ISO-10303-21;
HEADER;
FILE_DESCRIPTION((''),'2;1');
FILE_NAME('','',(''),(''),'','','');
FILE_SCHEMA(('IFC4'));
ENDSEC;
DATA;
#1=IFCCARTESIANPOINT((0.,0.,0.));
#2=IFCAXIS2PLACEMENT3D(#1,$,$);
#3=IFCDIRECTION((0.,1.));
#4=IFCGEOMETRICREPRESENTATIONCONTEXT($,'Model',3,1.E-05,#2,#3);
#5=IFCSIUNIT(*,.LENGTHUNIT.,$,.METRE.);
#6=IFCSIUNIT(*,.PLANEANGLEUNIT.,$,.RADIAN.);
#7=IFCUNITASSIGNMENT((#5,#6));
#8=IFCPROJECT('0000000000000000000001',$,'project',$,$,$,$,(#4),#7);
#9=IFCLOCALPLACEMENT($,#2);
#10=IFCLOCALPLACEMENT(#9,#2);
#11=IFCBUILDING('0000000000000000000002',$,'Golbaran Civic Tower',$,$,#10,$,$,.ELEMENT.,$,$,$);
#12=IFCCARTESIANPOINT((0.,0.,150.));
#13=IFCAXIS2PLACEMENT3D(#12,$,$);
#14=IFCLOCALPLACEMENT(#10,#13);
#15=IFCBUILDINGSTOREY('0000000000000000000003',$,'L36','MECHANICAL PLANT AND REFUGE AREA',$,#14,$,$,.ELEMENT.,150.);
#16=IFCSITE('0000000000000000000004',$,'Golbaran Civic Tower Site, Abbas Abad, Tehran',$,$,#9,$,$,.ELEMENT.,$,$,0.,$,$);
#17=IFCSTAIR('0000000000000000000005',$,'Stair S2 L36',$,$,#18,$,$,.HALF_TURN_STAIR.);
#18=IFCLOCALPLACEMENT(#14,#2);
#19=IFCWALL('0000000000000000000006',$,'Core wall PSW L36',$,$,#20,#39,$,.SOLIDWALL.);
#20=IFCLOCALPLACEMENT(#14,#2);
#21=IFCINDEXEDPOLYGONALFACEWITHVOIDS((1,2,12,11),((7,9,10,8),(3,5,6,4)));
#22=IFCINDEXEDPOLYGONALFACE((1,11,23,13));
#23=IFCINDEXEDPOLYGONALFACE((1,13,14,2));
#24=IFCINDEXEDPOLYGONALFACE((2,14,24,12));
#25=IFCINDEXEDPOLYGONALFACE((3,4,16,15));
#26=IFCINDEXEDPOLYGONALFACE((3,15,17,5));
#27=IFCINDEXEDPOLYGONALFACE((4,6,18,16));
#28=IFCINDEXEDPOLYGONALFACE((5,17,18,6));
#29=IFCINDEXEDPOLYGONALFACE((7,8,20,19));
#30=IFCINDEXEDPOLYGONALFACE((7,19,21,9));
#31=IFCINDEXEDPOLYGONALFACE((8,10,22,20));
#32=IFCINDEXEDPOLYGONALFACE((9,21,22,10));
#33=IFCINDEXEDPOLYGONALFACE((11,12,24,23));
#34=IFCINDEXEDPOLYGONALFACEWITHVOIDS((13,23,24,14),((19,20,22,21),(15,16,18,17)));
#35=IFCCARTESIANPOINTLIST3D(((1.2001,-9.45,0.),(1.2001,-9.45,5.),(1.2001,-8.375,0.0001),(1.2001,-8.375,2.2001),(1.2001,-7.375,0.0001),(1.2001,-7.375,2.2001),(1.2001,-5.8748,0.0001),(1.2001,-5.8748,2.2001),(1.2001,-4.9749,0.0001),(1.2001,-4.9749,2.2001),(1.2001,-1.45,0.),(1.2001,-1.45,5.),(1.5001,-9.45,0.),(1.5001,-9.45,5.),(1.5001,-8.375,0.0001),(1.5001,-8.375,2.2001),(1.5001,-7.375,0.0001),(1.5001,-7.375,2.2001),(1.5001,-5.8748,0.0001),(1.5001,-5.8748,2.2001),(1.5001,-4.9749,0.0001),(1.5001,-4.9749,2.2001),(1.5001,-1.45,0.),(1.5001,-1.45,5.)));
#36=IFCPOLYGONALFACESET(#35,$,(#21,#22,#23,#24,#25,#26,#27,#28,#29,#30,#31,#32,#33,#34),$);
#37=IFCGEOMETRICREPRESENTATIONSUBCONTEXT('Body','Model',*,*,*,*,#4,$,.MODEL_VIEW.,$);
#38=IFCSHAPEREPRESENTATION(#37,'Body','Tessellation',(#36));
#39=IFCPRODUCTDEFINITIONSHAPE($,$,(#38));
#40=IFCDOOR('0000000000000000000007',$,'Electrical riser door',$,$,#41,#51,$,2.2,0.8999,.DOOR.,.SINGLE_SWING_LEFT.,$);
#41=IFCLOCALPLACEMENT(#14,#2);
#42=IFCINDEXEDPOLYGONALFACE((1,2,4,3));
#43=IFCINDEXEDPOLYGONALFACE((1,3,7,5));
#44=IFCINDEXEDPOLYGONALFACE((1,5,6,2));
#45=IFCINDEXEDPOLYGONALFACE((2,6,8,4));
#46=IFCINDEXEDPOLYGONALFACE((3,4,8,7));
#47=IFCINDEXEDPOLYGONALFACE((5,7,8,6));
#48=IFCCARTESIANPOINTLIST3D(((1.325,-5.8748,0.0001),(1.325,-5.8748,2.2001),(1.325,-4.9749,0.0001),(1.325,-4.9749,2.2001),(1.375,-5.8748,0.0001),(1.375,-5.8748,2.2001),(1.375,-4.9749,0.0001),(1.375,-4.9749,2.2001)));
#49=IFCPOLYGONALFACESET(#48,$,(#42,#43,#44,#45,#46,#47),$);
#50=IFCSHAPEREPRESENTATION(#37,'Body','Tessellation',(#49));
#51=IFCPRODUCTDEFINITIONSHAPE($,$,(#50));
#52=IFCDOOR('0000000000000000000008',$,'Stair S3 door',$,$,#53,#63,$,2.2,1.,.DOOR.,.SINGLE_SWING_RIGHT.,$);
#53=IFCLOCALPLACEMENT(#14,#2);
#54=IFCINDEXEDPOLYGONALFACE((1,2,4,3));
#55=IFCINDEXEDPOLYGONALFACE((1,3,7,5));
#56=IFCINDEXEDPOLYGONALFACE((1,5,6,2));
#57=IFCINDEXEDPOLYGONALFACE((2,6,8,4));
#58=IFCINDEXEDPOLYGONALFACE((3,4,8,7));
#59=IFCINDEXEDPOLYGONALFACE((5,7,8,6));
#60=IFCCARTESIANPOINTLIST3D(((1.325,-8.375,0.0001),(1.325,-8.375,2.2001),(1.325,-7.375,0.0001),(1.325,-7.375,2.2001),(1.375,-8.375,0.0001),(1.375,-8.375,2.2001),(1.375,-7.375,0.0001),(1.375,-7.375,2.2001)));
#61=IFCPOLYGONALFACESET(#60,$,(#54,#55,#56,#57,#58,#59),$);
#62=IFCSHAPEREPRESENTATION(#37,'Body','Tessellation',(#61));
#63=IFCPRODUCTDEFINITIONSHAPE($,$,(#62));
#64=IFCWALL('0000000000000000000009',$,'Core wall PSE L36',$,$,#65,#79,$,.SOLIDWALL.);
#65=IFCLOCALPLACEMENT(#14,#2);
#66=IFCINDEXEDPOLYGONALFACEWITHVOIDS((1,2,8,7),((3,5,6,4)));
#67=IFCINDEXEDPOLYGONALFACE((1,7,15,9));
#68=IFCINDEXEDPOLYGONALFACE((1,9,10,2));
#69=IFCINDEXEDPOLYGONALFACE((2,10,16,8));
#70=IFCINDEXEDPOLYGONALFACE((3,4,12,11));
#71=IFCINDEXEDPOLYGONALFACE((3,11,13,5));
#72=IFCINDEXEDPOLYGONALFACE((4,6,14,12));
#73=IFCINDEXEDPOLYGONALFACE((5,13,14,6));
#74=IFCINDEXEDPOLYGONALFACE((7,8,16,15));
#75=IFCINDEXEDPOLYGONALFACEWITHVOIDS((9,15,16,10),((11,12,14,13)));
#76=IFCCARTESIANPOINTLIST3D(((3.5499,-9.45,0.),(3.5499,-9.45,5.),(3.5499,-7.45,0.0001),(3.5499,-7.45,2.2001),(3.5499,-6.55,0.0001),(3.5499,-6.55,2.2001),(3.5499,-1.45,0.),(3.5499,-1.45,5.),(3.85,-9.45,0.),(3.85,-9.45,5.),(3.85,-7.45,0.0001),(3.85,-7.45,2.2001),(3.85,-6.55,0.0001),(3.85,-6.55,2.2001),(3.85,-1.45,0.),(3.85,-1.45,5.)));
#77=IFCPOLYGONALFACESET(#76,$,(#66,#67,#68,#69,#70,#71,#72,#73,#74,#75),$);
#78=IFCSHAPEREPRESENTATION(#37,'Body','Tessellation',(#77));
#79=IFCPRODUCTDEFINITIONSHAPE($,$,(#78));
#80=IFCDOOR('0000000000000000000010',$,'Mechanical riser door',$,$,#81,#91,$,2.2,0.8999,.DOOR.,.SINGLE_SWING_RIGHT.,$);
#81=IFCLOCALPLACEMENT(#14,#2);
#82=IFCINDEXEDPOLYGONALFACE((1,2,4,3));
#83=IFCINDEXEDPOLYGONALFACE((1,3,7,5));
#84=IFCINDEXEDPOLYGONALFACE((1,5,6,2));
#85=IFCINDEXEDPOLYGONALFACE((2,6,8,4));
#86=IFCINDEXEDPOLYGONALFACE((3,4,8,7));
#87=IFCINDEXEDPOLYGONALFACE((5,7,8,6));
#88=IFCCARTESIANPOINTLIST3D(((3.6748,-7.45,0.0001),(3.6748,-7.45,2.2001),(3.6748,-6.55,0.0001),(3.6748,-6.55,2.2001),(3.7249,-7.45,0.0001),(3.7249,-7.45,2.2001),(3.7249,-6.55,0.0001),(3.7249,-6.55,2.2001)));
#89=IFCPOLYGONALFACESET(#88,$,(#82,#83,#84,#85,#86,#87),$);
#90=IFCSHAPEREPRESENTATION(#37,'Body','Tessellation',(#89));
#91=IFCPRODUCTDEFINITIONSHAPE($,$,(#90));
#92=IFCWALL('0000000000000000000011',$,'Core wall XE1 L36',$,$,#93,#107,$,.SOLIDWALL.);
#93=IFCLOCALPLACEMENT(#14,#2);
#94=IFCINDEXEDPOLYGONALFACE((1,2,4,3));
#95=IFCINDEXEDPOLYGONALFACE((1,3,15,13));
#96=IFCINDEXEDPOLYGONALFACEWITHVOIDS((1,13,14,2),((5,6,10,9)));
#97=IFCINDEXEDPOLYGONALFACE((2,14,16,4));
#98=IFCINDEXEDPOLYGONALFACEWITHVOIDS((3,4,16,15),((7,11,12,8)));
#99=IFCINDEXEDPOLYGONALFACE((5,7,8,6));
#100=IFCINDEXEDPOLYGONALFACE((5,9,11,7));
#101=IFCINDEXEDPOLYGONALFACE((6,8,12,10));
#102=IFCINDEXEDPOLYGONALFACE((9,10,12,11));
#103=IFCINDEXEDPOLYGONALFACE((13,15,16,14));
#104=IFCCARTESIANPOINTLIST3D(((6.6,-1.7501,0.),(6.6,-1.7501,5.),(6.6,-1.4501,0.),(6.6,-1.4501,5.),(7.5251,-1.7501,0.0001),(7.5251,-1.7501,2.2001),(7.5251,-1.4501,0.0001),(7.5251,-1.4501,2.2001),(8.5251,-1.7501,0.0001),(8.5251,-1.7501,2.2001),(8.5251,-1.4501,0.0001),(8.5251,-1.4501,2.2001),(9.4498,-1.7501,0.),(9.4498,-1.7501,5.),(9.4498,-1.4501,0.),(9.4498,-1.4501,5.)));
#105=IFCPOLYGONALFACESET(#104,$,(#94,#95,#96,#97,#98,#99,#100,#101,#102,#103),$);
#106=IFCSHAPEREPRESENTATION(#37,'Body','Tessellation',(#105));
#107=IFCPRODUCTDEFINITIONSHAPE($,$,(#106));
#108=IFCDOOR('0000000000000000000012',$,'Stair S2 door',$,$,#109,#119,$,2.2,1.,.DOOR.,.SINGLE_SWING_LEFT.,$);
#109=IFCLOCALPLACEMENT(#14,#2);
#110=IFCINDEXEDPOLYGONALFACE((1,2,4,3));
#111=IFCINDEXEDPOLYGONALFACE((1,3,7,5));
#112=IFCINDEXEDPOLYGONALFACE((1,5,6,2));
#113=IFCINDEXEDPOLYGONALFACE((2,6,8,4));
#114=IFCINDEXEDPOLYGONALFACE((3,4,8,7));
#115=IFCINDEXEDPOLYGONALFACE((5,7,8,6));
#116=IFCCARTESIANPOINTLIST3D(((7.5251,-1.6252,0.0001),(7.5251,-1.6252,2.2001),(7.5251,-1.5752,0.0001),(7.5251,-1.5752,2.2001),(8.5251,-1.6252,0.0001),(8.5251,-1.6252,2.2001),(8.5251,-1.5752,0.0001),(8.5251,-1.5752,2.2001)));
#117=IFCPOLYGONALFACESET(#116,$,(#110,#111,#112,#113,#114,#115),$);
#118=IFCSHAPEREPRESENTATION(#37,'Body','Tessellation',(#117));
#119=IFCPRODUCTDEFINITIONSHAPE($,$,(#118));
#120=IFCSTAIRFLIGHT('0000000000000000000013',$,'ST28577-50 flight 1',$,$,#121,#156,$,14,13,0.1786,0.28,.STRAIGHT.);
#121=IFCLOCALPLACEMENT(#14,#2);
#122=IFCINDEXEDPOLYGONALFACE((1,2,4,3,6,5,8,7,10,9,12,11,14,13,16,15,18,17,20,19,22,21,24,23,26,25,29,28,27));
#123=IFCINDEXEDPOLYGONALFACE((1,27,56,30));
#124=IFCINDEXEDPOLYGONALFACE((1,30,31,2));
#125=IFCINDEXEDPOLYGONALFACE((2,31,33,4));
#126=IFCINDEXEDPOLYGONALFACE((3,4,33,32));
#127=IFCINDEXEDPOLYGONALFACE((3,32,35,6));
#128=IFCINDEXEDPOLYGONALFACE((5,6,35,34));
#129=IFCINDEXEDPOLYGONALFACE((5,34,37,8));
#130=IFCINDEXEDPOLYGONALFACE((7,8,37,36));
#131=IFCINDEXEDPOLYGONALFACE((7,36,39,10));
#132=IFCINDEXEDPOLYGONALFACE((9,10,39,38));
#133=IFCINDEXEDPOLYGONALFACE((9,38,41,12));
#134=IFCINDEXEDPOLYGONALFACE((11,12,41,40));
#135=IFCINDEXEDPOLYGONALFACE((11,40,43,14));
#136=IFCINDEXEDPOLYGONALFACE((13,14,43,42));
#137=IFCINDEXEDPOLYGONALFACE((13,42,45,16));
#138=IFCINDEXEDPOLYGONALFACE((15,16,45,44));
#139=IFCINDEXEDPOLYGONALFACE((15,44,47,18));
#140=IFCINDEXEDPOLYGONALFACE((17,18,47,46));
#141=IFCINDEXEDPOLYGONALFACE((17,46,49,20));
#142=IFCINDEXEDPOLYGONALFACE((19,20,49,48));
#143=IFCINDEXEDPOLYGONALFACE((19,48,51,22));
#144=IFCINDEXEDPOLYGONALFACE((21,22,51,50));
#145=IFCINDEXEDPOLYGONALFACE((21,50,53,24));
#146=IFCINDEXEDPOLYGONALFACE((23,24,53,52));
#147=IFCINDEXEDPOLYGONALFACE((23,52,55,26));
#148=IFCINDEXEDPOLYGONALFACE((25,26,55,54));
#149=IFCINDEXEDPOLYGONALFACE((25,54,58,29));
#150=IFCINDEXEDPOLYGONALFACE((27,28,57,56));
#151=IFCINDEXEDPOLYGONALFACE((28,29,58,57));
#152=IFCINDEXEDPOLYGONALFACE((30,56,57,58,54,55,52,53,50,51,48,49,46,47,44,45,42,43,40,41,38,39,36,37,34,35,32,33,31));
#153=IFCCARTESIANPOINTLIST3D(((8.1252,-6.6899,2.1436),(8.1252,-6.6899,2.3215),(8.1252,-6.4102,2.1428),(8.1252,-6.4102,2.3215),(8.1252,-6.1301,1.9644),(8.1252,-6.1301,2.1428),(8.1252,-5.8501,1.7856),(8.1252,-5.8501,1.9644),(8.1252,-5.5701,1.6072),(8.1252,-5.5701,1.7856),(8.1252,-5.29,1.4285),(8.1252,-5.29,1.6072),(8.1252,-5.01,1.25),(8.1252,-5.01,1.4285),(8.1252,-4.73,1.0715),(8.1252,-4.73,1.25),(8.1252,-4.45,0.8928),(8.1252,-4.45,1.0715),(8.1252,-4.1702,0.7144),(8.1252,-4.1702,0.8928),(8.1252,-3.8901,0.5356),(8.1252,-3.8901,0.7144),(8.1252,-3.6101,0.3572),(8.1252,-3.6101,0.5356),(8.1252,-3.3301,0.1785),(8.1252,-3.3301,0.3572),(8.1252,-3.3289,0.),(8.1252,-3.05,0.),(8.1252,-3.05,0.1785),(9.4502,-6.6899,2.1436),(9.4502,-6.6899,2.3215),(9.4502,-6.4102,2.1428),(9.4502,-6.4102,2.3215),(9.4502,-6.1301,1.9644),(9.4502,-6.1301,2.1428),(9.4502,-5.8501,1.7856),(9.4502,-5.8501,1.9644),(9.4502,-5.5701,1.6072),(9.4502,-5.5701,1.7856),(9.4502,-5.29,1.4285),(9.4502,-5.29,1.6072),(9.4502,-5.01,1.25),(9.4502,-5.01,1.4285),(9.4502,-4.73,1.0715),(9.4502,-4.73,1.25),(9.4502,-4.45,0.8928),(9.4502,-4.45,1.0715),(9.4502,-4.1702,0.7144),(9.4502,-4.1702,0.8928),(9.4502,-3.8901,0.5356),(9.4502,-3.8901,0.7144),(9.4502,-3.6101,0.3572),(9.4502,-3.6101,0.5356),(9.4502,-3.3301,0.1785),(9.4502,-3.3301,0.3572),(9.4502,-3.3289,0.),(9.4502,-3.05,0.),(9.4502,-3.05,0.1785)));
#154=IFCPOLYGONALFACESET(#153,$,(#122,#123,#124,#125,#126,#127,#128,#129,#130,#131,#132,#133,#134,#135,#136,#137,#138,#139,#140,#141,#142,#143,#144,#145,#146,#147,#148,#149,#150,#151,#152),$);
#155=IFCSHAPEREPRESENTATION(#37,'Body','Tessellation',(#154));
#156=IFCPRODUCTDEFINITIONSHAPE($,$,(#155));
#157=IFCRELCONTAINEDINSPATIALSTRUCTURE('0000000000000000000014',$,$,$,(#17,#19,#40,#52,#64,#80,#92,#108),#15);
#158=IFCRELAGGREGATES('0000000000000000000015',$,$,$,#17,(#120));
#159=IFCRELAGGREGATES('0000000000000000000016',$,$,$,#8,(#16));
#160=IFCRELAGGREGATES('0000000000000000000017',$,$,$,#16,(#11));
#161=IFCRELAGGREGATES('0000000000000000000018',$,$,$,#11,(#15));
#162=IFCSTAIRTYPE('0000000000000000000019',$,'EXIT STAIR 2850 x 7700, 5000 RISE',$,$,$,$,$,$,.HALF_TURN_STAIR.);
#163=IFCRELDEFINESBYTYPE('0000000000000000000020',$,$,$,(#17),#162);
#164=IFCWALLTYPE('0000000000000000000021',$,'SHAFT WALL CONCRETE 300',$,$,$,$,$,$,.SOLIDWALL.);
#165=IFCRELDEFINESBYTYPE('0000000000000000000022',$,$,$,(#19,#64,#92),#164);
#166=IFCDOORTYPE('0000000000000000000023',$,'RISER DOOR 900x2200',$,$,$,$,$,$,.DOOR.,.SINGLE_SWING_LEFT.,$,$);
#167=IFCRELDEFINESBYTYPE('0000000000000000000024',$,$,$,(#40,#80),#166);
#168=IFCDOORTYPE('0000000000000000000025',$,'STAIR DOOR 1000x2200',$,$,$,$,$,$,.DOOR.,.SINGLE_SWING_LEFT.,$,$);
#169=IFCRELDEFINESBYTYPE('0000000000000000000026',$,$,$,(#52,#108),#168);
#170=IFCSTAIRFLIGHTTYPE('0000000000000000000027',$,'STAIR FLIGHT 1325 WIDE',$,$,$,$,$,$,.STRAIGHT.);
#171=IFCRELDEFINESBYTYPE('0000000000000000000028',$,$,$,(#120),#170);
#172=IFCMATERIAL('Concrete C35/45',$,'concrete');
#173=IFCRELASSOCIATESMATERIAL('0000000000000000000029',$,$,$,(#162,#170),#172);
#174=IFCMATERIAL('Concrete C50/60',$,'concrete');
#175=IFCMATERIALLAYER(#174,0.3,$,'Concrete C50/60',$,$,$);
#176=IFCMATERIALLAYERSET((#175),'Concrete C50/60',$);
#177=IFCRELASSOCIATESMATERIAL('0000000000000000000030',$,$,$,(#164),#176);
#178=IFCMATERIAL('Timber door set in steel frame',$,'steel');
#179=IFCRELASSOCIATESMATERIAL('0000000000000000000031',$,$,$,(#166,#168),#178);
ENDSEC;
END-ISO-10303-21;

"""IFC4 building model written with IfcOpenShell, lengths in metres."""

from ifc_helpers import new_model, si_unit, direction, frame, frame_2d, origin, place, context, subcontext, project, spatial, polyline, rectangle, outline, extrude, material, layer, layer_set, type_object, element, fill, aggregate, save


model = new_model("IFC4")

# Units and contexts
model_context = context("Model", 3, precision=1e-05, world=origin(), true_north=direction((0.0, 1.0)))
body_context = subcontext(model_context, "Body", "Model", "MODEL_VIEW")
ifc_project = project(units=[si_unit("LENGTHUNIT", "METRE"), si_unit("PLANEANGLEUNIT", "RADIAN")], contexts=[model_context])

# Site, building, storey
site_placement = place(None, origin())
site = spatial("IfcSite", under=ifc_project, at=site_placement, Name="Golbaran Civic Tower Site, Abbas Abad, Tehran", CompositionType="ELEMENT", RefElevation=0.0)
building_placement = place(site_placement, origin())
building = spatial("IfcBuilding", under=site, at=building_placement, Name="Golbaran Civic Tower", CompositionType="ELEMENT")
storey_placement = place(building_placement, frame((0.0, 0.0, 150.0)))
storey = spatial("IfcBuildingStorey", under=building, at=storey_placement, Name="L36", Description="MECHANICAL PLANT AND REFUGE AREA", CompositionType="ELEMENT", Elevation=150.0)

# Shared definitions
ifc_material_1 = material(Name="Concrete C35/45", Category="concrete")

# Shared definitions
stair_type_1 = type_object("IfcStairType", Name="EXIT STAIR 2850 x 7700, 5000 RISE", PredefinedType="HALF_TURN_STAIR", material=ifc_material_1)

# Stair
stair_1_placement = place(storey_placement, origin())
stair_1 = element("IfcStair", 1, at=stair_1_placement, inside=storey, type_object=stair_type_1, Name="Stair S2 L36", PredefinedType="HALF_TURN_STAIR")

# Shared definitions
ifc_material_2 = material(Name="Timber door set in steel frame", Category="steel")

# Shared definitions
ifc_material_3 = material(Name="Concrete C50/60", Category="concrete")
ifc_layer_1 = layer(ifc_material_3, 0.3, Name="Concrete C50/60")
ifc_layer_set_1 = layer_set([ifc_layer_1], Name="Concrete C50/60")
wall_type_1 = type_object("IfcWallType", Name="SHAFT WALL CONCRETE 300", PredefinedType="SOLIDWALL", material=ifc_layer_set_1)

# Wall, openings, doors
wall_1_placement = place(storey_placement, frame((1.3501, -1.45, 0.0), z_axis=(0.0, 0.0, 1.0), x_axis=(0.0, -1.0, 0.0)))
wall_1 = element("IfcWall", 2, at=wall_1_placement, inside=storey, type_object=wall_type_1, Name="Core wall PSW L36", PredefinedType="SOLIDWALL", context=body_context, shape_type="SweptSolid", body=[
    extrude(rectangle(XDim=8.0, YDim=0.3, at=frame_2d((4.0, 0.0))), origin(), (0.0, 0.0, 1.0), 5.0),
])
opening_1_placement = place(wall_1_placement, frame((5.925, 0.0, 0.0)))
opening_1 = element("IfcOpeningElement", 3, at=opening_1_placement, cuts=wall_1, PredefinedType="OPENING", context=body_context, shape_type="SweptSolid", body=[
    extrude(rectangle(XDim=1.0, YDim=2.2, at=frame_2d((0.5, 1.1001))), frame((0.0, 0.1599, 0.0), z_axis=(0.0, -1.0, 0.0), x_axis=(1.0, 0.0, 0.0)), (0.0, 0.0, 1.0), 0.3201),
])
opening_2_placement = place(wall_1_placement, frame((3.5249, 0.0, 0.0)))
opening_2 = element("IfcOpeningElement", 4, at=opening_2_placement, cuts=wall_1, PredefinedType="OPENING", context=body_context, shape_type="SweptSolid", body=[
    extrude(rectangle(XDim=0.8999, YDim=2.2, at=frame_2d((0.45, 1.1001))), frame((0.0, 0.1599, 0.0), z_axis=(0.0, -1.0, 0.0), x_axis=(1.0, 0.0, 0.0)), (0.0, 0.0, 1.0), 0.3201),
])
door_type_1 = type_object("IfcDoorType", Name="RISER DOOR 900x2200", OperationType="SINGLE_SWING_LEFT", PredefinedType="DOOR", material=ifc_material_2)
door_1_placement = place(opening_2_placement, origin())
door_1 = element("IfcDoor", 5, at=door_1_placement, inside=storey, type_object=door_type_1, Name="Electrical riser door", OperationType="SINGLE_SWING_LEFT", OverallHeight=2.2, OverallWidth=0.8999, PredefinedType="DOOR", context=body_context, shape_type="SweptSolid", body=[
    extrude(rectangle(XDim=0.8999, YDim=2.2, at=frame_2d((0.45, 1.1001))), frame((0.0, 0.0249, 0.0), z_axis=(0.0, -1.0, 0.0), x_axis=(1.0, 0.0, 0.0)), (0.0, 0.0, 1.0), 0.05),
])
fill(opening_2, door_1)
door_type_2 = type_object("IfcDoorType", Name="STAIR DOOR 1000x2200", OperationType="SINGLE_SWING_LEFT", PredefinedType="DOOR", material=ifc_material_2)
door_2_placement = place(opening_1_placement, origin())
door_2 = element("IfcDoor", 6, at=door_2_placement, inside=storey, type_object=door_type_2, Name="Stair S3 door", OperationType="SINGLE_SWING_RIGHT", OverallHeight=2.2, OverallWidth=1.0, PredefinedType="DOOR", context=body_context, shape_type="SweptSolid", body=[
    extrude(rectangle(XDim=1.0, YDim=2.2, at=frame_2d((0.5, 1.1001))), frame((0.0, 0.0249, 0.0), z_axis=(0.0, -1.0, 0.0), x_axis=(1.0, 0.0, 0.0)), (0.0, 0.0, 1.0), 0.05),
])
fill(opening_1, door_2)

# Walls, openings, doors
wall_2_placement = place(storey_placement, frame((3.7, -1.45, 0.0), z_axis=(0.0, 0.0, 1.0), x_axis=(0.0, -1.0, 0.0)))
wall_2 = element("IfcWall", 7, at=wall_2_placement, inside=storey, type_object=wall_type_1, Name="Core wall PSE L36", PredefinedType="SOLIDWALL", context=body_context, shape_type="SweptSolid", body=[
    extrude(rectangle(XDim=8.0, YDim=0.3, at=frame_2d((4.0, 0.0))), origin(), (0.0, 0.0, 1.0), 5.0),
])
opening_3_placement = place(wall_2_placement, frame((5.1001, 0.0, 0.0)))
opening_3 = element("IfcOpeningElement", 8, at=opening_3_placement, cuts=wall_2, PredefinedType="OPENING", context=body_context, shape_type="SweptSolid", body=[
    extrude(rectangle(XDim=0.8999, YDim=2.2, at=frame_2d((0.45, 1.1001))), frame((0.0, 0.1599, 0.0), z_axis=(0.0, -1.0, 0.0), x_axis=(1.0, 0.0, 0.0)), (0.0, 0.0, 1.0), 0.3201),
])
door_3_placement = place(opening_3_placement, origin())
door_3 = element("IfcDoor", 9, at=door_3_placement, inside=storey, type_object=door_type_1, Name="Mechanical riser door", OperationType="SINGLE_SWING_RIGHT", OverallHeight=2.2, OverallWidth=0.8999, PredefinedType="DOOR", context=body_context, shape_type="SweptSolid", body=[
    extrude(rectangle(XDim=0.8999, YDim=2.2, at=frame_2d((0.45, 1.1001))), frame((0.0, 0.0249, 0.0), z_axis=(0.0, -1.0, 0.0), x_axis=(1.0, 0.0, 0.0)), (0.0, 0.0, 1.0), 0.05),
])
fill(opening_3, door_3)
wall_3_placement = place(storey_placement, frame((6.6001, -1.6001, 0.0), z_axis=(0.0, 0.0, 1.0), x_axis=(1.0, 0.0, 0.0)))
wall_3 = element("IfcWall", 10, at=wall_3_placement, inside=storey, type_object=wall_type_1, Name="Core wall XE1 L36", PredefinedType="SOLIDWALL", context=body_context, shape_type="SweptSolid", body=[
    extrude(rectangle(XDim=2.8499, YDim=0.3, at=frame_2d((1.4248, 0.0))), origin(), (0.0, 0.0, 1.0), 5.0),
])
opening_4_placement = place(wall_3_placement, frame((0.925, 0.0, 0.0)))
opening_4 = element("IfcOpeningElement", 11, at=opening_4_placement, cuts=wall_3, PredefinedType="OPENING", context=body_context, shape_type="SweptSolid", body=[
    extrude(rectangle(XDim=1.0, YDim=2.2, at=frame_2d((0.5, 1.1001))), frame((0.0, 0.1599, 0.0), z_axis=(0.0, -1.0, 0.0), x_axis=(1.0, 0.0, 0.0)), (0.0, 0.0, 1.0), 0.3201),
])
door_4_placement = place(opening_4_placement, origin())
door_4 = element("IfcDoor", 12, at=door_4_placement, inside=storey, type_object=door_type_2, Name="Stair S2 door", OperationType="SINGLE_SWING_LEFT", OverallHeight=2.2, OverallWidth=1.0, PredefinedType="DOOR", context=body_context, shape_type="SweptSolid", body=[
    extrude(rectangle(XDim=1.0, YDim=2.2, at=frame_2d((0.5, 1.1001))), frame((0.0, 0.0249, 0.0), z_axis=(0.0, -1.0, 0.0), x_axis=(1.0, 0.0, 0.0)), (0.0, 0.0, 1.0), 0.05),
])
fill(opening_4, door_4)

# Stair flight
stair_flight_type = type_object("IfcStairFlightType", Name="STAIR FLIGHT 1325 WIDE", PredefinedType="STRAIGHT", material=ifc_material_1)
stair_flight_1_placement = place(storey_placement, frame((8.7876, -3.05, 0.0), z_axis=(0.0, 0.0, 1.0), x_axis=(0.0, -1.0, 0.0)))
stair_flight_1 = element("IfcStairFlight", 13, at=stair_flight_1_placement, type_object=stair_flight_type, Name="ST28577-50 flight 1", NumberOfRisers=14, NumberOfTreads=13, PredefinedType="STRAIGHT", RiserHeight=0.1786, TreadLength=0.28, context=body_context, shape_type="SweptSolid", body=[
    extrude(outline(polyline([(0.0, 0.0), (0.0, 0.1785), (0.28, 0.1785), (0.28, 0.3572), (0.5601, 0.3572), (0.5601, 0.5356), (0.8401, 0.5356), (0.8401, 0.7144), (1.1201, 0.7144), (1.1201, 0.8928), (1.3999, 0.8928), (1.3999, 1.0715), (1.6799, 1.0715), (1.6799, 1.25), (1.96, 1.25), (1.96, 1.4285), (2.24, 1.4285), (2.24, 1.6072), (2.52, 1.6072), (2.52, 1.7856), (2.8, 1.7856), (2.8, 1.9644), (3.0801, 1.9644), (3.0801, 2.1428), (3.3601, 2.1428), (3.3601, 2.3215), (3.6399, 2.3215), (3.6399, 2.5), (3.6399, 2.1436), (0.2788, 0.0), (0.0, 0.0)])), frame((0.0, 0.6626, 0.0), z_axis=(0.0, -1.0, 0.0), x_axis=(1.0, 0.0, 0.0)), (0.0, 0.0, 1.0), 1.325),
])
aggregate(stair_1, [stair_flight_1])

save(model, "model.ifc")
